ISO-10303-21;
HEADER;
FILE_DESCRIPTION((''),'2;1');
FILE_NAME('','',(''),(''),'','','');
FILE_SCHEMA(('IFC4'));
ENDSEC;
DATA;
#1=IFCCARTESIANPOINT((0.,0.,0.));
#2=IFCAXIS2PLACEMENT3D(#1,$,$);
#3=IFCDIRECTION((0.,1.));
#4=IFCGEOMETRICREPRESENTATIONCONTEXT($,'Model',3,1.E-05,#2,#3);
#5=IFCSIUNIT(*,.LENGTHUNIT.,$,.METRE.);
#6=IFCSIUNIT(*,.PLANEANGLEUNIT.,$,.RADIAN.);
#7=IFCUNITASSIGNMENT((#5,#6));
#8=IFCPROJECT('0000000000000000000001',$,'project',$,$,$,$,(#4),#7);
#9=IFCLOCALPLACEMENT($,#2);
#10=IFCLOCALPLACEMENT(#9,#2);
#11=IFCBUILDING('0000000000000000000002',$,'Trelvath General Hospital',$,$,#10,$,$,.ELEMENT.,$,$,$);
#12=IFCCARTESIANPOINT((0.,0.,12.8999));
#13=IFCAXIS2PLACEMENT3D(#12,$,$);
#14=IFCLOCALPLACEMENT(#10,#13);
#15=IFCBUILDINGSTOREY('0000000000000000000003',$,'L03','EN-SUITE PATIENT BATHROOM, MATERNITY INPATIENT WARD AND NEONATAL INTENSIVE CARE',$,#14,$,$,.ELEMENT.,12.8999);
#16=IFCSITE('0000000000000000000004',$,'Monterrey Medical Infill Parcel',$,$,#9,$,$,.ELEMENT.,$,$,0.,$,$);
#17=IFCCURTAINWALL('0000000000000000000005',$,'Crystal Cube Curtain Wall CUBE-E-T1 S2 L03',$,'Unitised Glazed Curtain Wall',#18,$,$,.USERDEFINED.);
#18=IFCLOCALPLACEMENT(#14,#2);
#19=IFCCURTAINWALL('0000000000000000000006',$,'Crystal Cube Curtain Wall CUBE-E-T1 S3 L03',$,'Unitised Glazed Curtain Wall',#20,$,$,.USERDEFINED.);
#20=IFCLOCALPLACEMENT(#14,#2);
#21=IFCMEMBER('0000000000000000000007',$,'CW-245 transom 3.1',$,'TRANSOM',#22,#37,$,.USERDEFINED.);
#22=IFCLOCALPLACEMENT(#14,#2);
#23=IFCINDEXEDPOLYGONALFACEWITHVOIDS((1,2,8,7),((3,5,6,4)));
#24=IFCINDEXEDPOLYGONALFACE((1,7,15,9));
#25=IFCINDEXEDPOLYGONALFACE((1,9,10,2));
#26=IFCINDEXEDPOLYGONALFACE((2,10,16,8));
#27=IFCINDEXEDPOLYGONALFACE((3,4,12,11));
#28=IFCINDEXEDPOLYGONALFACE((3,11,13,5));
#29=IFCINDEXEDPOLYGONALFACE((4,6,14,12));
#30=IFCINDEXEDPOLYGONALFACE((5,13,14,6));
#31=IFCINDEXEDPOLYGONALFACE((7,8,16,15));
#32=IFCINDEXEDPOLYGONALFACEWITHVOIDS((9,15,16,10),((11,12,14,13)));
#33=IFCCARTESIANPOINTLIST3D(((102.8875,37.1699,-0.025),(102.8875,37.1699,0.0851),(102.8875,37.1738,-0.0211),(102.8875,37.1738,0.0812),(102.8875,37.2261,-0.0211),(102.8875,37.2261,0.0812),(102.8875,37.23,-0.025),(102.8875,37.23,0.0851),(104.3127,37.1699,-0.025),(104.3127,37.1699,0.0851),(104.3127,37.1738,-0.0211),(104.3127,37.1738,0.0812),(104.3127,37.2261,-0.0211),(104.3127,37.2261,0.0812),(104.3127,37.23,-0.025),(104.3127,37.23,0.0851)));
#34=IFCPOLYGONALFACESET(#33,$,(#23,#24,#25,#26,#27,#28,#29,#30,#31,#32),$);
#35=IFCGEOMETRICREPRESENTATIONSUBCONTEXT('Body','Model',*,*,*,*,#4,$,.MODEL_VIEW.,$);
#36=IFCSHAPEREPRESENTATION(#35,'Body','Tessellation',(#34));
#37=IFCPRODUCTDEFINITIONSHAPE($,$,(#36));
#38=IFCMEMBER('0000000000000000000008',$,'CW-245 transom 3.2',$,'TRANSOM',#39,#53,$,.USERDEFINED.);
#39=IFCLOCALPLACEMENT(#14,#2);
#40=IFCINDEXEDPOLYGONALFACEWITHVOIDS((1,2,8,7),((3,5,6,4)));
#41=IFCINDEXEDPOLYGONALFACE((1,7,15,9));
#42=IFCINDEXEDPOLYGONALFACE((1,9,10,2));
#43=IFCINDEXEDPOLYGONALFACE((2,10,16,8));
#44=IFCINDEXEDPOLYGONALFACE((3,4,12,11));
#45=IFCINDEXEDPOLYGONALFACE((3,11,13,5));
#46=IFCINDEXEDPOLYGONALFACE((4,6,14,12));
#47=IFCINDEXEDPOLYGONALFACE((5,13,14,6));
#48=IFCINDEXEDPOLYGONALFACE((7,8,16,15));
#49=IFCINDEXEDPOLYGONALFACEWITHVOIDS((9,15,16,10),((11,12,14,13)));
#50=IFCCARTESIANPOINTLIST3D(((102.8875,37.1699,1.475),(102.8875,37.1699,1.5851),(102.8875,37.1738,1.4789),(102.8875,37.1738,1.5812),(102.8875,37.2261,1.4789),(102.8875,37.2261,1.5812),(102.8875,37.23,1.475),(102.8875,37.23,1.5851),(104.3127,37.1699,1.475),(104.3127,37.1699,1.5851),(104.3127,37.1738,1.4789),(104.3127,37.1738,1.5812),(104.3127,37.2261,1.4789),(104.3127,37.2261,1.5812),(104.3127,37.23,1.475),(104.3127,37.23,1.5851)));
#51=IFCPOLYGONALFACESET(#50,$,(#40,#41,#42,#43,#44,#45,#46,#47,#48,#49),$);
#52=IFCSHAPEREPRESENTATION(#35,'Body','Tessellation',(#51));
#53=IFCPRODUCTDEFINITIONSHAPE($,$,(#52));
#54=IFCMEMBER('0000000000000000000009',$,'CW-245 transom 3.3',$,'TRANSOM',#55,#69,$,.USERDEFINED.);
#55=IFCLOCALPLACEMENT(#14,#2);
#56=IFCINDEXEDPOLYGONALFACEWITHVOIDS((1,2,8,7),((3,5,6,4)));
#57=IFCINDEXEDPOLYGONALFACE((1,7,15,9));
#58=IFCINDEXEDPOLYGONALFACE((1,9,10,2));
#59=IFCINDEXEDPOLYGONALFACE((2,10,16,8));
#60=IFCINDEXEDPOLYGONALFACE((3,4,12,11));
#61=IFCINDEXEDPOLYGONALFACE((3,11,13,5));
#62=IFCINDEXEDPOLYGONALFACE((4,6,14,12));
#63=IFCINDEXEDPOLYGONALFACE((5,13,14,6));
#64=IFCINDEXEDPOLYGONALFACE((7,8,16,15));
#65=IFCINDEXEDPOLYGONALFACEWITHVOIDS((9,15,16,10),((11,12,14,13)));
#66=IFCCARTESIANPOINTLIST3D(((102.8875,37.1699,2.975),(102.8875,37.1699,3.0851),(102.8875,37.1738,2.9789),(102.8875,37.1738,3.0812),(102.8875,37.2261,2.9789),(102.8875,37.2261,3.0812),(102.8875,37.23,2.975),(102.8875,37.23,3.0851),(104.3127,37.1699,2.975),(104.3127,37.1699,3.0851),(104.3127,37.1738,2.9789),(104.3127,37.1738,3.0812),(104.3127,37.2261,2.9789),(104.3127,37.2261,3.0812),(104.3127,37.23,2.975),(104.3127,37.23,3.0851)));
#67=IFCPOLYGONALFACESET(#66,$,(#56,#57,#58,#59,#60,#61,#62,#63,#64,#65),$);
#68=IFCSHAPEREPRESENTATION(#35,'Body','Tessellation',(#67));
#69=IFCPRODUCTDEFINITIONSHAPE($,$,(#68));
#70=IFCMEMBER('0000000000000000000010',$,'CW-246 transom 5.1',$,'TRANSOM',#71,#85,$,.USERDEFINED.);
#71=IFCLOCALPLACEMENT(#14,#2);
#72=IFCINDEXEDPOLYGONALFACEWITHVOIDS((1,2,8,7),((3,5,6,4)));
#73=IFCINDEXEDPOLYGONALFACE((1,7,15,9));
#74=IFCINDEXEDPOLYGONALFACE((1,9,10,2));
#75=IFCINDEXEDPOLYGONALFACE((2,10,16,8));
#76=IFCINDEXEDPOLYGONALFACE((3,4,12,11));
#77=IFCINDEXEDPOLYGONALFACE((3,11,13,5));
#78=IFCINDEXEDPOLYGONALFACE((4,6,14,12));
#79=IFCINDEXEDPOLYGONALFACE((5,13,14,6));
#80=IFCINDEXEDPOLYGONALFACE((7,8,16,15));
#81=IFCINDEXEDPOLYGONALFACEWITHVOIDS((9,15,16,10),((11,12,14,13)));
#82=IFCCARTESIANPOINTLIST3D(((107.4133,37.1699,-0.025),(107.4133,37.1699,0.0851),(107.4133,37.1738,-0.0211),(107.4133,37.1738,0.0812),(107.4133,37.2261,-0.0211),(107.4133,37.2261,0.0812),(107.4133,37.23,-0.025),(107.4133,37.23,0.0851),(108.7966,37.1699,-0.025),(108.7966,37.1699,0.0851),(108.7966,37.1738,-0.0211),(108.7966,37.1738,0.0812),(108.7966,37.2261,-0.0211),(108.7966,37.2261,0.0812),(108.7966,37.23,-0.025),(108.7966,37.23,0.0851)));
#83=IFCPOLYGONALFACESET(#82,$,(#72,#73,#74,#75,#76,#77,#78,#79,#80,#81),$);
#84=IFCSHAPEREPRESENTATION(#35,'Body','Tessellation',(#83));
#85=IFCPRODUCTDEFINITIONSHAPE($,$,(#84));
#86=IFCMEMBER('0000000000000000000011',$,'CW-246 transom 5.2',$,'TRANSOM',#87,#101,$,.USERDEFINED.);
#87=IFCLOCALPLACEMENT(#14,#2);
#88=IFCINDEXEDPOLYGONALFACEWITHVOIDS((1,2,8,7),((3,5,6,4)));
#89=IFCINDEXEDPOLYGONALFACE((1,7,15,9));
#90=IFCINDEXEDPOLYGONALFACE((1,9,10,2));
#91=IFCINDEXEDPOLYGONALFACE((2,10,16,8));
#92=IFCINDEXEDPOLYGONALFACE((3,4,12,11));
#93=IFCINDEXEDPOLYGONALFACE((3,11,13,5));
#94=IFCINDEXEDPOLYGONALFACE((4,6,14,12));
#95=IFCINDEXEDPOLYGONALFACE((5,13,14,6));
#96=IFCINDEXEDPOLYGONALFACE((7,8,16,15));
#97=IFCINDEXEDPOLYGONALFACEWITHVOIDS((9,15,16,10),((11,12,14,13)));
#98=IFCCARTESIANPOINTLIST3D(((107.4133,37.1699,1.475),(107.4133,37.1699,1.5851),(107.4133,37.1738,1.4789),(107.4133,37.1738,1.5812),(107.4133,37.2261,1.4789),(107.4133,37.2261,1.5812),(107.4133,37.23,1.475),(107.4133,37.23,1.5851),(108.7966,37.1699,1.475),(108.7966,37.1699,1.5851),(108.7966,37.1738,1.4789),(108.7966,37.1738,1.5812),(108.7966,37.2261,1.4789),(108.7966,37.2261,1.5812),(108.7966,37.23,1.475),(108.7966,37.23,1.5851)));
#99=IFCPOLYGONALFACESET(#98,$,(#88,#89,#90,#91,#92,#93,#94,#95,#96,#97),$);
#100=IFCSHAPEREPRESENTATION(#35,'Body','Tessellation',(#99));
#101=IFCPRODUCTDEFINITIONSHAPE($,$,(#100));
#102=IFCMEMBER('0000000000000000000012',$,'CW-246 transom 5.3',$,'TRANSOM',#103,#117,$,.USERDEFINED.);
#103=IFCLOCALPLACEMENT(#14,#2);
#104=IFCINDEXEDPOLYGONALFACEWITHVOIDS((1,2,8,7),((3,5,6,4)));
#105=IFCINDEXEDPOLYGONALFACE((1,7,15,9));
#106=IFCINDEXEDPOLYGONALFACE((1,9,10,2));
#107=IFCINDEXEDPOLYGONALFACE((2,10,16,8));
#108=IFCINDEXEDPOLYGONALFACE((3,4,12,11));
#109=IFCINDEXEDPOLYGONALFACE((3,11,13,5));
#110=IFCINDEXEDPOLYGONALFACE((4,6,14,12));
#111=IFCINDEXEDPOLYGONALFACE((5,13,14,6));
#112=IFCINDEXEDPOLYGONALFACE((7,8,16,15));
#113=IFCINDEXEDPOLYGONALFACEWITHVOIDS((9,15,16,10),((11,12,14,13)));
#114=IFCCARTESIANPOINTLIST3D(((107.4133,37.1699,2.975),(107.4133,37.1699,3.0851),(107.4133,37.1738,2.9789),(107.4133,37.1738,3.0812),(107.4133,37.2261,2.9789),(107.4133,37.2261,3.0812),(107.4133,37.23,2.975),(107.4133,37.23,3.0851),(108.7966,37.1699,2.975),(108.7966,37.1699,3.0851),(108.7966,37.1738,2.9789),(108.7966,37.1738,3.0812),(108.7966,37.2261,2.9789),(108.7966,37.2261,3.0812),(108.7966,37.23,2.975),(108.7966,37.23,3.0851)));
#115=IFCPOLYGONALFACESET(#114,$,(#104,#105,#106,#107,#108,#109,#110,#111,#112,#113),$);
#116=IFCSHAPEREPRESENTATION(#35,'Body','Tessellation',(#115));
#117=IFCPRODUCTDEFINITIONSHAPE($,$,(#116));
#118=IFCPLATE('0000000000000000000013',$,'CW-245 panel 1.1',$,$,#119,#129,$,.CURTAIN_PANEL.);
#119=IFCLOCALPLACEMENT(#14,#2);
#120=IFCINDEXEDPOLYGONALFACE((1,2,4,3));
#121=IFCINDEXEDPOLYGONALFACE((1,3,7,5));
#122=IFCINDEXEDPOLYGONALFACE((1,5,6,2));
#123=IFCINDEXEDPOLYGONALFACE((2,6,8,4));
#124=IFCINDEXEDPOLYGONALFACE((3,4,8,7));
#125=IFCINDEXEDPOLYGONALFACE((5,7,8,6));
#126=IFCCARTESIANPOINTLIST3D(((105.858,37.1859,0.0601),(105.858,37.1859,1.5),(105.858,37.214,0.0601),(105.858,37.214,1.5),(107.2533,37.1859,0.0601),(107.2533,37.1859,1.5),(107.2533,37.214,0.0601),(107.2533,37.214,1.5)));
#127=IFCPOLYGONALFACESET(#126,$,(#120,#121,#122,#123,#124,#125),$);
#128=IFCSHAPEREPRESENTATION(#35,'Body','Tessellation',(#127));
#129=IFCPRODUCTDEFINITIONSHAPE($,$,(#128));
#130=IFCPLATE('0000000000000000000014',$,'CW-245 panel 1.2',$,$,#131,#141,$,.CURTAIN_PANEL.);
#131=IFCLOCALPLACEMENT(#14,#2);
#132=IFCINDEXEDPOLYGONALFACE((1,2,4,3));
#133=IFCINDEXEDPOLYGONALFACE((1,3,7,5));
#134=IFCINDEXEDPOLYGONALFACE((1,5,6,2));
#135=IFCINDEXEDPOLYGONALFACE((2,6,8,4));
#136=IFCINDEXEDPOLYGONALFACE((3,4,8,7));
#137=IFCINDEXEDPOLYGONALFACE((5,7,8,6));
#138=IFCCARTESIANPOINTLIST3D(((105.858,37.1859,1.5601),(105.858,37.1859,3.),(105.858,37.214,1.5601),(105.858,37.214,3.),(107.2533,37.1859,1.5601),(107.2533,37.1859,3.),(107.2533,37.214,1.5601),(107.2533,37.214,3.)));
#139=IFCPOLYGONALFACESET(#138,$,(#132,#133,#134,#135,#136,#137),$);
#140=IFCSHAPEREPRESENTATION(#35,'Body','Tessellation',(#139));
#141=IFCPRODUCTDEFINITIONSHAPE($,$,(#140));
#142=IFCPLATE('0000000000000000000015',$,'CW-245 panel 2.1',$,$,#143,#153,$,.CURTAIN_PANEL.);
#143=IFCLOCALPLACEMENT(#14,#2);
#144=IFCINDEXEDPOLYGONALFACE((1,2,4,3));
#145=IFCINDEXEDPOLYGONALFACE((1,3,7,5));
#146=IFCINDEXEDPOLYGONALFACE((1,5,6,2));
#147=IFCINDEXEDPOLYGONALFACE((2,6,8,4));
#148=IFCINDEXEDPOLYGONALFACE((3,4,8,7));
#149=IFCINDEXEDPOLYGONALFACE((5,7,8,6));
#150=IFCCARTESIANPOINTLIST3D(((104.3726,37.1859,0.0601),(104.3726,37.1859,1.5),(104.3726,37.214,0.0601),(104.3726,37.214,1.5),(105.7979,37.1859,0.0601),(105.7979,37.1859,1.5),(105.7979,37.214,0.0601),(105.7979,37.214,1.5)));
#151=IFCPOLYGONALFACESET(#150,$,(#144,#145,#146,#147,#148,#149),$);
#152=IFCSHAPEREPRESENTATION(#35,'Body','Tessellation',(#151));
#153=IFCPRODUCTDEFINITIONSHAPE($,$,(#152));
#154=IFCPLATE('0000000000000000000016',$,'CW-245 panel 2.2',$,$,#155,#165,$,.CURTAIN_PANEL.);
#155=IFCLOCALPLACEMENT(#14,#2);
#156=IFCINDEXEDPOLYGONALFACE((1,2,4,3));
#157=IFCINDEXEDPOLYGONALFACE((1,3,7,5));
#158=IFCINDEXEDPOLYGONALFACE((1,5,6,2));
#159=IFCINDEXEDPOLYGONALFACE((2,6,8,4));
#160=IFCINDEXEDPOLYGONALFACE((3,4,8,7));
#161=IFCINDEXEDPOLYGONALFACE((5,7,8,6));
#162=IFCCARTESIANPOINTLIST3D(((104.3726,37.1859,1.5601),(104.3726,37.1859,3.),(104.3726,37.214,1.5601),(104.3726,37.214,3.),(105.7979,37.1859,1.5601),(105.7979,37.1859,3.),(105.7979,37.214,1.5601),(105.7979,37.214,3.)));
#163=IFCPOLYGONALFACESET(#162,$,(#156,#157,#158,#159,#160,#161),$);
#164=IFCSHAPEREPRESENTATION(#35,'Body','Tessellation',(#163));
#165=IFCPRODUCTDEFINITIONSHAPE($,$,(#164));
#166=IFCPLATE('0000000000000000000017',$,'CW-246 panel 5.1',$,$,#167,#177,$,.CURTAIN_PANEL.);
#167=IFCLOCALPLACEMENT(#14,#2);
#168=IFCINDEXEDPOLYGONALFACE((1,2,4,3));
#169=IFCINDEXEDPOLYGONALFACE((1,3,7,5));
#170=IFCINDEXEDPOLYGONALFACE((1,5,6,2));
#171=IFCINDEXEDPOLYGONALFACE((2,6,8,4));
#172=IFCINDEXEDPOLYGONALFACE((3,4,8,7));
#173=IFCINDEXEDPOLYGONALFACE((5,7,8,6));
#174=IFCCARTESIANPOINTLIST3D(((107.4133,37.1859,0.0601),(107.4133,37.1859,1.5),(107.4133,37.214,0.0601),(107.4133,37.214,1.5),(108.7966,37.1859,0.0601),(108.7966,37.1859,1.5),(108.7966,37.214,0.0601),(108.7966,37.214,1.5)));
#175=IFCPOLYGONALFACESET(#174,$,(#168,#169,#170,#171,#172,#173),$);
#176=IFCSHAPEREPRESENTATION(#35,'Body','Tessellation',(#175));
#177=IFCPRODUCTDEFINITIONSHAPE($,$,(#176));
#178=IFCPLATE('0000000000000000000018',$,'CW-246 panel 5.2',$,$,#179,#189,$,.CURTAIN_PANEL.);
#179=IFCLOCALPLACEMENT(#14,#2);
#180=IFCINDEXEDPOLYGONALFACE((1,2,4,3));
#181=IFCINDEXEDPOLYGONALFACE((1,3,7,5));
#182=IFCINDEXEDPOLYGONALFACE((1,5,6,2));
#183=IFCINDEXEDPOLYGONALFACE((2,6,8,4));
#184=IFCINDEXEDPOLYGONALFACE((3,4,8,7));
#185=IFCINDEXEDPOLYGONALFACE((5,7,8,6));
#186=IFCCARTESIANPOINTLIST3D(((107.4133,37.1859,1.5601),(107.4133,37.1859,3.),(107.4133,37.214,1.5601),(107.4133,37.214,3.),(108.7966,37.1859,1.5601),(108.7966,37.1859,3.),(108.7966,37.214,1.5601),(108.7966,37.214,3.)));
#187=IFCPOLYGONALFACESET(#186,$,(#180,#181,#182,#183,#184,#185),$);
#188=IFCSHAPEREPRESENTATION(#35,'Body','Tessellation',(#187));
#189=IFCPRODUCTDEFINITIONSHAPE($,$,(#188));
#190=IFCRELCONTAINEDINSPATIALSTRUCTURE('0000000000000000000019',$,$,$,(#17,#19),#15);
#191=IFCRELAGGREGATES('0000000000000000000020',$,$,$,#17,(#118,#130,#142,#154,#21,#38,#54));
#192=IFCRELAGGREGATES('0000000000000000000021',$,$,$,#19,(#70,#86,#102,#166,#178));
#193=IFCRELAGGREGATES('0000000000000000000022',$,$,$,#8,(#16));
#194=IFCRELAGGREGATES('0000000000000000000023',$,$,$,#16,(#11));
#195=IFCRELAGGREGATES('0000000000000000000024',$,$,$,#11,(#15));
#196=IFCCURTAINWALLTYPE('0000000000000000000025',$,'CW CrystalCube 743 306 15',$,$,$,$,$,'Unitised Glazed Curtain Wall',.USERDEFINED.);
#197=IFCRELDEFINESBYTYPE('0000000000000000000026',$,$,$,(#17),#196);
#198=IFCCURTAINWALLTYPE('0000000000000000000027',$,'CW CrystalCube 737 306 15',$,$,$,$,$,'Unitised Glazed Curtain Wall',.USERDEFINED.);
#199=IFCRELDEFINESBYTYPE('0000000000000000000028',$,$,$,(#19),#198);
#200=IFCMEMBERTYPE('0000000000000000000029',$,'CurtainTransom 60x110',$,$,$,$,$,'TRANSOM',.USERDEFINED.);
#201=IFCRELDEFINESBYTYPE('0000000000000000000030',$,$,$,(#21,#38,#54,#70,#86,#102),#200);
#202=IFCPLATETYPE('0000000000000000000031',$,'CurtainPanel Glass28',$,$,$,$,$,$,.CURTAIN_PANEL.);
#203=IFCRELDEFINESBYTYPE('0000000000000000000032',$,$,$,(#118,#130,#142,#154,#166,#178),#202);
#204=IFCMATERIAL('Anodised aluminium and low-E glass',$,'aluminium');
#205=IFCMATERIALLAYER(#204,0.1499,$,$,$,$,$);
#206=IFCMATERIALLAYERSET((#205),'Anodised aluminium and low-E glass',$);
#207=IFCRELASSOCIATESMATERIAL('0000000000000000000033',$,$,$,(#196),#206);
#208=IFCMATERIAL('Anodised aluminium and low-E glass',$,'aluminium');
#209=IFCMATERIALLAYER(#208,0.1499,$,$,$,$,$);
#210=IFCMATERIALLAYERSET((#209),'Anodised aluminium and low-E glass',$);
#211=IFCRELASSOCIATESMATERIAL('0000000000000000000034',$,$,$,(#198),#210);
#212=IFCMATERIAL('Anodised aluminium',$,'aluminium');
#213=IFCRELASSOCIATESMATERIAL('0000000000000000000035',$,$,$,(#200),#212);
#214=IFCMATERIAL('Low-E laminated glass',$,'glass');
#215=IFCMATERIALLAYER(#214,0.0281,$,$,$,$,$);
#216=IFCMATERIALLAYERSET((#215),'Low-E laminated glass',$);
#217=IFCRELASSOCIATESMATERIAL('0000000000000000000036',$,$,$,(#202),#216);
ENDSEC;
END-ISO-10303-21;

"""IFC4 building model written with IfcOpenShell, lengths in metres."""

from ifc_helpers import new_model, si_unit, direction, frame, origin, origin_2d, place, context, subcontext, project, spatial, rectangle, hollow_rectangle, extrude, material, layer, layer_set, material_profile, profile_set, type_object, element, aggregate, save


model = new_model("IFC4")

# Units and contexts
model_context = context("Model", 3, precision=1e-05, world=origin(), true_north=direction((0.0, 1.0)))
body_context = subcontext(model_context, "Body", "Model", "MODEL_VIEW")
ifc_project = project(units=[si_unit("LENGTHUNIT", "METRE"), si_unit("PLANEANGLEUNIT", "RADIAN")], contexts=[model_context])

# Site, building, storey
site_placement = place(None, origin())
site = spatial("IfcSite", under=ifc_project, at=site_placement, Name="Monterrey Medical Infill Parcel", CompositionType="ELEMENT", RefElevation=0.0)
building_placement = place(site_placement, origin())
building = spatial("IfcBuilding", under=site, at=building_placement, Name="Trelvath General Hospital", CompositionType="ELEMENT")
storey_placement = place(building_placement, frame((0.0, 0.0, 12.8999)))
storey = spatial("IfcBuildingStorey", under=building, at=storey_placement, Name="L03", Description="EN-SUITE PATIENT BATHROOM, MATERNITY INPATIENT WARD AND NEONATAL INTENSIVE CARE", CompositionType="ELEMENT", Elevation=12.8999)

# Curtain walls
ifc_material_1 = material(Name="Anodised aluminium and low-E glass", Category="aluminium")
ifc_layer_1 = layer(ifc_material_1, 0.1499)
ifc_layer_set_1 = layer_set([ifc_layer_1], Name="Anodised aluminium and low-E glass")
curtain_wall_type_1 = type_object("IfcCurtainWallType", Name="CW CrystalCube 743 306 15", ElementType="Unitised Glazed Curtain Wall", PredefinedType="USERDEFINED", material=ifc_layer_set_1)
curtain_wall_1_placement = place(storey_placement, origin())
curtain_wall_1 = element("IfcCurtainWall", 1, at=curtain_wall_1_placement, inside=storey, type_object=curtain_wall_type_1, Name="Crystal Cube Curtain Wall CUBE-E-T1 S2 L03", ObjectType="Unitised Glazed Curtain Wall", PredefinedType="USERDEFINED")
ifc_material_2 = material(Name="Anodised aluminium and low-E glass", Category="aluminium")
ifc_layer_2 = layer(ifc_material_2, 0.1499)
ifc_layer_set_2 = layer_set([ifc_layer_2], Name="Anodised aluminium and low-E glass")
curtain_wall_type_2 = type_object("IfcCurtainWallType", Name="CW CrystalCube 737 306 15", ElementType="Unitised Glazed Curtain Wall", PredefinedType="USERDEFINED", material=ifc_layer_set_2)
curtain_wall_2_placement = place(storey_placement, origin())
curtain_wall_2 = element("IfcCurtainWall", 2, at=curtain_wall_2_placement, inside=storey, type_object=curtain_wall_type_2, Name="Crystal Cube Curtain Wall CUBE-E-T1 S3 L03", ObjectType="Unitised Glazed Curtain Wall", PredefinedType="USERDEFINED")

# Members
ifc_material_3 = material(Name="Anodised aluminium", Category="aluminium")
ifc_material_profile_1 = material_profile(ifc_material_3, hollow_rectangle(XDim=0.0601, YDim=0.1101, WallThickness=0.0039, at=origin_2d()), Name="RHS60x110x4")
ifc_profile_set_1 = profile_set([ifc_material_profile_1], Name="Anodised aluminium")
member_type_1 = type_object("IfcMemberType", Name="CurtainTransom 60x110", ElementType="TRANSOM", PredefinedType="USERDEFINED", material=ifc_profile_set_1)
member_1_placement = place(storey_placement, frame((104.3127, 37.2, 0.03), z_axis=(-1.0, 0.0, 0.0), x_axis=(0.0, -1.0, 0.0)))
member_1 = element("IfcMember", 3, at=member_1_placement, type_object=member_type_1, Name="CW-245 transom 3.1", ObjectType="TRANSOM", PredefinedType="USERDEFINED", context=body_context, shape_type="SweptSolid", body=[
    extrude(hollow_rectangle(XDim=0.0601, YDim=0.1101, WallThickness=0.0039, at=origin_2d()), origin(), (0.0, 0.0, 1.0), 1.4253),
])
member_2_placement = place(storey_placement, frame((104.3127, 37.2, 1.53), z_axis=(-1.0, 0.0, 0.0), x_axis=(0.0, -1.0, 0.0)))
member_2 = element("IfcMember", 4, at=member_2_placement, type_object=member_type_1, Name="CW-245 transom 3.2", ObjectType="TRANSOM", PredefinedType="USERDEFINED", context=body_context, shape_type="SweptSolid", body=[
    extrude(hollow_rectangle(XDim=0.0601, YDim=0.1101, WallThickness=0.0039, at=origin_2d()), origin(), (0.0, 0.0, 1.0), 1.4253),
])
member_3_placement = place(storey_placement, frame((104.3127, 37.2, 3.03), z_axis=(-1.0, 0.0, 0.0), x_axis=(0.0, -1.0, 0.0)))
member_3 = element("IfcMember", 5, at=member_3_placement, type_object=member_type_1, Name="CW-245 transom 3.3", ObjectType="TRANSOM", PredefinedType="USERDEFINED", context=body_context, shape_type="SweptSolid", body=[
    extrude(hollow_rectangle(XDim=0.0601, YDim=0.1101, WallThickness=0.0039, at=origin_2d()), origin(), (0.0, 0.0, 1.0), 1.4253),
])
member_4_placement = place(storey_placement, frame((108.7966, 37.2, 0.03), z_axis=(-1.0, 0.0, 0.0), x_axis=(0.0, -1.0, 0.0)))
member_4 = element("IfcMember", 6, at=member_4_placement, type_object=member_type_1, Name="CW-246 transom 5.1", ObjectType="TRANSOM", PredefinedType="USERDEFINED", context=body_context, shape_type="SweptSolid", body=[
    extrude(hollow_rectangle(XDim=0.0601, YDim=0.1101, WallThickness=0.0039, at=origin_2d()), origin(), (0.0, 0.0, 1.0), 1.3833),
])
member_5_placement = place(storey_placement, frame((108.7966, 37.2, 1.53), z_axis=(-1.0, 0.0, 0.0), x_axis=(0.0, -1.0, 0.0)))
member_5 = element("IfcMember", 7, at=member_5_placement, type_object=member_type_1, Name="CW-246 transom 5.2", ObjectType="TRANSOM", PredefinedType="USERDEFINED", context=body_context, shape_type="SweptSolid", body=[
    extrude(hollow_rectangle(XDim=0.0601, YDim=0.1101, WallThickness=0.0039, at=origin_2d()), origin(), (0.0, 0.0, 1.0), 1.3833),
])
member_6_placement = place(storey_placement, frame((108.7966, 37.2, 3.03), z_axis=(-1.0, 0.0, 0.0), x_axis=(0.0, -1.0, 0.0)))
member_6 = element("IfcMember", 8, at=member_6_placement, type_object=member_type_1, Name="CW-246 transom 5.3", ObjectType="TRANSOM", PredefinedType="USERDEFINED", context=body_context, shape_type="SweptSolid", body=[
    extrude(hollow_rectangle(XDim=0.0601, YDim=0.1101, WallThickness=0.0039, at=origin_2d()), origin(), (0.0, 0.0, 1.0), 1.3833),
])

# Plates
ifc_material_4 = material(Name="Low-E laminated glass", Category="glass")
ifc_layer_3 = layer(ifc_material_4, 0.0281)
ifc_layer_set_3 = layer_set([ifc_layer_3], Name="Low-E laminated glass")
plate_type = type_object("IfcPlateType", Name="CurtainPanel Glass28", PredefinedType="CURTAIN_PANEL", material=ifc_layer_set_3)
plate_1_placement = place(storey_placement, frame((106.5557, 37.2, 0.0601), z_axis=(0.0, 0.0, 1.0), x_axis=(-1.0, 0.0, 0.0)))
plate_1 = element("IfcPlate", 9, at=plate_1_placement, type_object=plate_type, Name="CW-245 panel 1.1", PredefinedType="CURTAIN_PANEL", context=body_context, shape_type="SweptSolid", body=[
    extrude(rectangle(XDim=1.3953, YDim=0.0281, at=origin_2d()), origin(), (0.0, 0.0, 1.0), 1.4399),
])
plate_2_placement = place(storey_placement, frame((106.5557, 37.2, 1.5601), z_axis=(0.0, 0.0, 1.0), x_axis=(-1.0, 0.0, 0.0)))
plate_2 = element("IfcPlate", 10, at=plate_2_placement, type_object=plate_type, Name="CW-245 panel 1.2", PredefinedType="CURTAIN_PANEL", context=body_context, shape_type="SweptSolid", body=[
    extrude(rectangle(XDim=1.3953, YDim=0.0281, at=origin_2d()), origin(), (0.0, 0.0, 1.0), 1.4399),
])
plate_3_placement = place(storey_placement, frame((105.0852, 37.2, 0.0601), z_axis=(0.0, 0.0, 1.0), x_axis=(-1.0, 0.0, 0.0)))
plate_3 = element("IfcPlate", 11, at=plate_3_placement, type_object=plate_type, Name="CW-245 panel 2.1", PredefinedType="CURTAIN_PANEL", context=body_context, shape_type="SweptSolid", body=[
    extrude(rectangle(XDim=1.4253, YDim=0.0281, at=origin_2d()), origin(), (0.0, 0.0, 1.0), 1.4399),
])
plate_4_placement = place(storey_placement, frame((105.0852, 37.2, 1.5601), z_axis=(0.0, 0.0, 1.0), x_axis=(-1.0, 0.0, 0.0)))
plate_4 = element("IfcPlate", 12, at=plate_4_placement, type_object=plate_type, Name="CW-245 panel 2.2", PredefinedType="CURTAIN_PANEL", context=body_context, shape_type="SweptSolid", body=[
    extrude(rectangle(XDim=1.4253, YDim=0.0281, at=origin_2d()), origin(), (0.0, 0.0, 1.0), 1.4399),
])
aggregate(curtain_wall_1, [plate_1, plate_2, plate_3, plate_4, member_1, member_2, member_3])
plate_5_placement = place(storey_placement, frame((108.105, 37.2, 0.0601), z_axis=(0.0, 0.0, 1.0), x_axis=(-1.0, 0.0, 0.0)))
plate_5 = element("IfcPlate", 13, at=plate_5_placement, type_object=plate_type, Name="CW-246 panel 5.1", PredefinedType="CURTAIN_PANEL", context=body_context, shape_type="SweptSolid", body=[
    extrude(rectangle(XDim=1.3833, YDim=0.0281, at=origin_2d()), origin(), (0.0, 0.0, 1.0), 1.4399),
])
plate_6_placement = place(storey_placement, frame((108.105, 37.2, 1.5601), z_axis=(0.0, 0.0, 1.0), x_axis=(-1.0, 0.0, 0.0)))
plate_6 = element("IfcPlate", 14, at=plate_6_placement, type_object=plate_type, Name="CW-246 panel 5.2", PredefinedType="CURTAIN_PANEL", context=body_context, shape_type="SweptSolid", body=[
    extrude(rectangle(XDim=1.3833, YDim=0.0281, at=origin_2d()), origin(), (0.0, 0.0, 1.0), 1.4399),
])
aggregate(curtain_wall_2, [member_4, member_5, member_6, plate_5, plate_6])

save(model, "model.ifc")
